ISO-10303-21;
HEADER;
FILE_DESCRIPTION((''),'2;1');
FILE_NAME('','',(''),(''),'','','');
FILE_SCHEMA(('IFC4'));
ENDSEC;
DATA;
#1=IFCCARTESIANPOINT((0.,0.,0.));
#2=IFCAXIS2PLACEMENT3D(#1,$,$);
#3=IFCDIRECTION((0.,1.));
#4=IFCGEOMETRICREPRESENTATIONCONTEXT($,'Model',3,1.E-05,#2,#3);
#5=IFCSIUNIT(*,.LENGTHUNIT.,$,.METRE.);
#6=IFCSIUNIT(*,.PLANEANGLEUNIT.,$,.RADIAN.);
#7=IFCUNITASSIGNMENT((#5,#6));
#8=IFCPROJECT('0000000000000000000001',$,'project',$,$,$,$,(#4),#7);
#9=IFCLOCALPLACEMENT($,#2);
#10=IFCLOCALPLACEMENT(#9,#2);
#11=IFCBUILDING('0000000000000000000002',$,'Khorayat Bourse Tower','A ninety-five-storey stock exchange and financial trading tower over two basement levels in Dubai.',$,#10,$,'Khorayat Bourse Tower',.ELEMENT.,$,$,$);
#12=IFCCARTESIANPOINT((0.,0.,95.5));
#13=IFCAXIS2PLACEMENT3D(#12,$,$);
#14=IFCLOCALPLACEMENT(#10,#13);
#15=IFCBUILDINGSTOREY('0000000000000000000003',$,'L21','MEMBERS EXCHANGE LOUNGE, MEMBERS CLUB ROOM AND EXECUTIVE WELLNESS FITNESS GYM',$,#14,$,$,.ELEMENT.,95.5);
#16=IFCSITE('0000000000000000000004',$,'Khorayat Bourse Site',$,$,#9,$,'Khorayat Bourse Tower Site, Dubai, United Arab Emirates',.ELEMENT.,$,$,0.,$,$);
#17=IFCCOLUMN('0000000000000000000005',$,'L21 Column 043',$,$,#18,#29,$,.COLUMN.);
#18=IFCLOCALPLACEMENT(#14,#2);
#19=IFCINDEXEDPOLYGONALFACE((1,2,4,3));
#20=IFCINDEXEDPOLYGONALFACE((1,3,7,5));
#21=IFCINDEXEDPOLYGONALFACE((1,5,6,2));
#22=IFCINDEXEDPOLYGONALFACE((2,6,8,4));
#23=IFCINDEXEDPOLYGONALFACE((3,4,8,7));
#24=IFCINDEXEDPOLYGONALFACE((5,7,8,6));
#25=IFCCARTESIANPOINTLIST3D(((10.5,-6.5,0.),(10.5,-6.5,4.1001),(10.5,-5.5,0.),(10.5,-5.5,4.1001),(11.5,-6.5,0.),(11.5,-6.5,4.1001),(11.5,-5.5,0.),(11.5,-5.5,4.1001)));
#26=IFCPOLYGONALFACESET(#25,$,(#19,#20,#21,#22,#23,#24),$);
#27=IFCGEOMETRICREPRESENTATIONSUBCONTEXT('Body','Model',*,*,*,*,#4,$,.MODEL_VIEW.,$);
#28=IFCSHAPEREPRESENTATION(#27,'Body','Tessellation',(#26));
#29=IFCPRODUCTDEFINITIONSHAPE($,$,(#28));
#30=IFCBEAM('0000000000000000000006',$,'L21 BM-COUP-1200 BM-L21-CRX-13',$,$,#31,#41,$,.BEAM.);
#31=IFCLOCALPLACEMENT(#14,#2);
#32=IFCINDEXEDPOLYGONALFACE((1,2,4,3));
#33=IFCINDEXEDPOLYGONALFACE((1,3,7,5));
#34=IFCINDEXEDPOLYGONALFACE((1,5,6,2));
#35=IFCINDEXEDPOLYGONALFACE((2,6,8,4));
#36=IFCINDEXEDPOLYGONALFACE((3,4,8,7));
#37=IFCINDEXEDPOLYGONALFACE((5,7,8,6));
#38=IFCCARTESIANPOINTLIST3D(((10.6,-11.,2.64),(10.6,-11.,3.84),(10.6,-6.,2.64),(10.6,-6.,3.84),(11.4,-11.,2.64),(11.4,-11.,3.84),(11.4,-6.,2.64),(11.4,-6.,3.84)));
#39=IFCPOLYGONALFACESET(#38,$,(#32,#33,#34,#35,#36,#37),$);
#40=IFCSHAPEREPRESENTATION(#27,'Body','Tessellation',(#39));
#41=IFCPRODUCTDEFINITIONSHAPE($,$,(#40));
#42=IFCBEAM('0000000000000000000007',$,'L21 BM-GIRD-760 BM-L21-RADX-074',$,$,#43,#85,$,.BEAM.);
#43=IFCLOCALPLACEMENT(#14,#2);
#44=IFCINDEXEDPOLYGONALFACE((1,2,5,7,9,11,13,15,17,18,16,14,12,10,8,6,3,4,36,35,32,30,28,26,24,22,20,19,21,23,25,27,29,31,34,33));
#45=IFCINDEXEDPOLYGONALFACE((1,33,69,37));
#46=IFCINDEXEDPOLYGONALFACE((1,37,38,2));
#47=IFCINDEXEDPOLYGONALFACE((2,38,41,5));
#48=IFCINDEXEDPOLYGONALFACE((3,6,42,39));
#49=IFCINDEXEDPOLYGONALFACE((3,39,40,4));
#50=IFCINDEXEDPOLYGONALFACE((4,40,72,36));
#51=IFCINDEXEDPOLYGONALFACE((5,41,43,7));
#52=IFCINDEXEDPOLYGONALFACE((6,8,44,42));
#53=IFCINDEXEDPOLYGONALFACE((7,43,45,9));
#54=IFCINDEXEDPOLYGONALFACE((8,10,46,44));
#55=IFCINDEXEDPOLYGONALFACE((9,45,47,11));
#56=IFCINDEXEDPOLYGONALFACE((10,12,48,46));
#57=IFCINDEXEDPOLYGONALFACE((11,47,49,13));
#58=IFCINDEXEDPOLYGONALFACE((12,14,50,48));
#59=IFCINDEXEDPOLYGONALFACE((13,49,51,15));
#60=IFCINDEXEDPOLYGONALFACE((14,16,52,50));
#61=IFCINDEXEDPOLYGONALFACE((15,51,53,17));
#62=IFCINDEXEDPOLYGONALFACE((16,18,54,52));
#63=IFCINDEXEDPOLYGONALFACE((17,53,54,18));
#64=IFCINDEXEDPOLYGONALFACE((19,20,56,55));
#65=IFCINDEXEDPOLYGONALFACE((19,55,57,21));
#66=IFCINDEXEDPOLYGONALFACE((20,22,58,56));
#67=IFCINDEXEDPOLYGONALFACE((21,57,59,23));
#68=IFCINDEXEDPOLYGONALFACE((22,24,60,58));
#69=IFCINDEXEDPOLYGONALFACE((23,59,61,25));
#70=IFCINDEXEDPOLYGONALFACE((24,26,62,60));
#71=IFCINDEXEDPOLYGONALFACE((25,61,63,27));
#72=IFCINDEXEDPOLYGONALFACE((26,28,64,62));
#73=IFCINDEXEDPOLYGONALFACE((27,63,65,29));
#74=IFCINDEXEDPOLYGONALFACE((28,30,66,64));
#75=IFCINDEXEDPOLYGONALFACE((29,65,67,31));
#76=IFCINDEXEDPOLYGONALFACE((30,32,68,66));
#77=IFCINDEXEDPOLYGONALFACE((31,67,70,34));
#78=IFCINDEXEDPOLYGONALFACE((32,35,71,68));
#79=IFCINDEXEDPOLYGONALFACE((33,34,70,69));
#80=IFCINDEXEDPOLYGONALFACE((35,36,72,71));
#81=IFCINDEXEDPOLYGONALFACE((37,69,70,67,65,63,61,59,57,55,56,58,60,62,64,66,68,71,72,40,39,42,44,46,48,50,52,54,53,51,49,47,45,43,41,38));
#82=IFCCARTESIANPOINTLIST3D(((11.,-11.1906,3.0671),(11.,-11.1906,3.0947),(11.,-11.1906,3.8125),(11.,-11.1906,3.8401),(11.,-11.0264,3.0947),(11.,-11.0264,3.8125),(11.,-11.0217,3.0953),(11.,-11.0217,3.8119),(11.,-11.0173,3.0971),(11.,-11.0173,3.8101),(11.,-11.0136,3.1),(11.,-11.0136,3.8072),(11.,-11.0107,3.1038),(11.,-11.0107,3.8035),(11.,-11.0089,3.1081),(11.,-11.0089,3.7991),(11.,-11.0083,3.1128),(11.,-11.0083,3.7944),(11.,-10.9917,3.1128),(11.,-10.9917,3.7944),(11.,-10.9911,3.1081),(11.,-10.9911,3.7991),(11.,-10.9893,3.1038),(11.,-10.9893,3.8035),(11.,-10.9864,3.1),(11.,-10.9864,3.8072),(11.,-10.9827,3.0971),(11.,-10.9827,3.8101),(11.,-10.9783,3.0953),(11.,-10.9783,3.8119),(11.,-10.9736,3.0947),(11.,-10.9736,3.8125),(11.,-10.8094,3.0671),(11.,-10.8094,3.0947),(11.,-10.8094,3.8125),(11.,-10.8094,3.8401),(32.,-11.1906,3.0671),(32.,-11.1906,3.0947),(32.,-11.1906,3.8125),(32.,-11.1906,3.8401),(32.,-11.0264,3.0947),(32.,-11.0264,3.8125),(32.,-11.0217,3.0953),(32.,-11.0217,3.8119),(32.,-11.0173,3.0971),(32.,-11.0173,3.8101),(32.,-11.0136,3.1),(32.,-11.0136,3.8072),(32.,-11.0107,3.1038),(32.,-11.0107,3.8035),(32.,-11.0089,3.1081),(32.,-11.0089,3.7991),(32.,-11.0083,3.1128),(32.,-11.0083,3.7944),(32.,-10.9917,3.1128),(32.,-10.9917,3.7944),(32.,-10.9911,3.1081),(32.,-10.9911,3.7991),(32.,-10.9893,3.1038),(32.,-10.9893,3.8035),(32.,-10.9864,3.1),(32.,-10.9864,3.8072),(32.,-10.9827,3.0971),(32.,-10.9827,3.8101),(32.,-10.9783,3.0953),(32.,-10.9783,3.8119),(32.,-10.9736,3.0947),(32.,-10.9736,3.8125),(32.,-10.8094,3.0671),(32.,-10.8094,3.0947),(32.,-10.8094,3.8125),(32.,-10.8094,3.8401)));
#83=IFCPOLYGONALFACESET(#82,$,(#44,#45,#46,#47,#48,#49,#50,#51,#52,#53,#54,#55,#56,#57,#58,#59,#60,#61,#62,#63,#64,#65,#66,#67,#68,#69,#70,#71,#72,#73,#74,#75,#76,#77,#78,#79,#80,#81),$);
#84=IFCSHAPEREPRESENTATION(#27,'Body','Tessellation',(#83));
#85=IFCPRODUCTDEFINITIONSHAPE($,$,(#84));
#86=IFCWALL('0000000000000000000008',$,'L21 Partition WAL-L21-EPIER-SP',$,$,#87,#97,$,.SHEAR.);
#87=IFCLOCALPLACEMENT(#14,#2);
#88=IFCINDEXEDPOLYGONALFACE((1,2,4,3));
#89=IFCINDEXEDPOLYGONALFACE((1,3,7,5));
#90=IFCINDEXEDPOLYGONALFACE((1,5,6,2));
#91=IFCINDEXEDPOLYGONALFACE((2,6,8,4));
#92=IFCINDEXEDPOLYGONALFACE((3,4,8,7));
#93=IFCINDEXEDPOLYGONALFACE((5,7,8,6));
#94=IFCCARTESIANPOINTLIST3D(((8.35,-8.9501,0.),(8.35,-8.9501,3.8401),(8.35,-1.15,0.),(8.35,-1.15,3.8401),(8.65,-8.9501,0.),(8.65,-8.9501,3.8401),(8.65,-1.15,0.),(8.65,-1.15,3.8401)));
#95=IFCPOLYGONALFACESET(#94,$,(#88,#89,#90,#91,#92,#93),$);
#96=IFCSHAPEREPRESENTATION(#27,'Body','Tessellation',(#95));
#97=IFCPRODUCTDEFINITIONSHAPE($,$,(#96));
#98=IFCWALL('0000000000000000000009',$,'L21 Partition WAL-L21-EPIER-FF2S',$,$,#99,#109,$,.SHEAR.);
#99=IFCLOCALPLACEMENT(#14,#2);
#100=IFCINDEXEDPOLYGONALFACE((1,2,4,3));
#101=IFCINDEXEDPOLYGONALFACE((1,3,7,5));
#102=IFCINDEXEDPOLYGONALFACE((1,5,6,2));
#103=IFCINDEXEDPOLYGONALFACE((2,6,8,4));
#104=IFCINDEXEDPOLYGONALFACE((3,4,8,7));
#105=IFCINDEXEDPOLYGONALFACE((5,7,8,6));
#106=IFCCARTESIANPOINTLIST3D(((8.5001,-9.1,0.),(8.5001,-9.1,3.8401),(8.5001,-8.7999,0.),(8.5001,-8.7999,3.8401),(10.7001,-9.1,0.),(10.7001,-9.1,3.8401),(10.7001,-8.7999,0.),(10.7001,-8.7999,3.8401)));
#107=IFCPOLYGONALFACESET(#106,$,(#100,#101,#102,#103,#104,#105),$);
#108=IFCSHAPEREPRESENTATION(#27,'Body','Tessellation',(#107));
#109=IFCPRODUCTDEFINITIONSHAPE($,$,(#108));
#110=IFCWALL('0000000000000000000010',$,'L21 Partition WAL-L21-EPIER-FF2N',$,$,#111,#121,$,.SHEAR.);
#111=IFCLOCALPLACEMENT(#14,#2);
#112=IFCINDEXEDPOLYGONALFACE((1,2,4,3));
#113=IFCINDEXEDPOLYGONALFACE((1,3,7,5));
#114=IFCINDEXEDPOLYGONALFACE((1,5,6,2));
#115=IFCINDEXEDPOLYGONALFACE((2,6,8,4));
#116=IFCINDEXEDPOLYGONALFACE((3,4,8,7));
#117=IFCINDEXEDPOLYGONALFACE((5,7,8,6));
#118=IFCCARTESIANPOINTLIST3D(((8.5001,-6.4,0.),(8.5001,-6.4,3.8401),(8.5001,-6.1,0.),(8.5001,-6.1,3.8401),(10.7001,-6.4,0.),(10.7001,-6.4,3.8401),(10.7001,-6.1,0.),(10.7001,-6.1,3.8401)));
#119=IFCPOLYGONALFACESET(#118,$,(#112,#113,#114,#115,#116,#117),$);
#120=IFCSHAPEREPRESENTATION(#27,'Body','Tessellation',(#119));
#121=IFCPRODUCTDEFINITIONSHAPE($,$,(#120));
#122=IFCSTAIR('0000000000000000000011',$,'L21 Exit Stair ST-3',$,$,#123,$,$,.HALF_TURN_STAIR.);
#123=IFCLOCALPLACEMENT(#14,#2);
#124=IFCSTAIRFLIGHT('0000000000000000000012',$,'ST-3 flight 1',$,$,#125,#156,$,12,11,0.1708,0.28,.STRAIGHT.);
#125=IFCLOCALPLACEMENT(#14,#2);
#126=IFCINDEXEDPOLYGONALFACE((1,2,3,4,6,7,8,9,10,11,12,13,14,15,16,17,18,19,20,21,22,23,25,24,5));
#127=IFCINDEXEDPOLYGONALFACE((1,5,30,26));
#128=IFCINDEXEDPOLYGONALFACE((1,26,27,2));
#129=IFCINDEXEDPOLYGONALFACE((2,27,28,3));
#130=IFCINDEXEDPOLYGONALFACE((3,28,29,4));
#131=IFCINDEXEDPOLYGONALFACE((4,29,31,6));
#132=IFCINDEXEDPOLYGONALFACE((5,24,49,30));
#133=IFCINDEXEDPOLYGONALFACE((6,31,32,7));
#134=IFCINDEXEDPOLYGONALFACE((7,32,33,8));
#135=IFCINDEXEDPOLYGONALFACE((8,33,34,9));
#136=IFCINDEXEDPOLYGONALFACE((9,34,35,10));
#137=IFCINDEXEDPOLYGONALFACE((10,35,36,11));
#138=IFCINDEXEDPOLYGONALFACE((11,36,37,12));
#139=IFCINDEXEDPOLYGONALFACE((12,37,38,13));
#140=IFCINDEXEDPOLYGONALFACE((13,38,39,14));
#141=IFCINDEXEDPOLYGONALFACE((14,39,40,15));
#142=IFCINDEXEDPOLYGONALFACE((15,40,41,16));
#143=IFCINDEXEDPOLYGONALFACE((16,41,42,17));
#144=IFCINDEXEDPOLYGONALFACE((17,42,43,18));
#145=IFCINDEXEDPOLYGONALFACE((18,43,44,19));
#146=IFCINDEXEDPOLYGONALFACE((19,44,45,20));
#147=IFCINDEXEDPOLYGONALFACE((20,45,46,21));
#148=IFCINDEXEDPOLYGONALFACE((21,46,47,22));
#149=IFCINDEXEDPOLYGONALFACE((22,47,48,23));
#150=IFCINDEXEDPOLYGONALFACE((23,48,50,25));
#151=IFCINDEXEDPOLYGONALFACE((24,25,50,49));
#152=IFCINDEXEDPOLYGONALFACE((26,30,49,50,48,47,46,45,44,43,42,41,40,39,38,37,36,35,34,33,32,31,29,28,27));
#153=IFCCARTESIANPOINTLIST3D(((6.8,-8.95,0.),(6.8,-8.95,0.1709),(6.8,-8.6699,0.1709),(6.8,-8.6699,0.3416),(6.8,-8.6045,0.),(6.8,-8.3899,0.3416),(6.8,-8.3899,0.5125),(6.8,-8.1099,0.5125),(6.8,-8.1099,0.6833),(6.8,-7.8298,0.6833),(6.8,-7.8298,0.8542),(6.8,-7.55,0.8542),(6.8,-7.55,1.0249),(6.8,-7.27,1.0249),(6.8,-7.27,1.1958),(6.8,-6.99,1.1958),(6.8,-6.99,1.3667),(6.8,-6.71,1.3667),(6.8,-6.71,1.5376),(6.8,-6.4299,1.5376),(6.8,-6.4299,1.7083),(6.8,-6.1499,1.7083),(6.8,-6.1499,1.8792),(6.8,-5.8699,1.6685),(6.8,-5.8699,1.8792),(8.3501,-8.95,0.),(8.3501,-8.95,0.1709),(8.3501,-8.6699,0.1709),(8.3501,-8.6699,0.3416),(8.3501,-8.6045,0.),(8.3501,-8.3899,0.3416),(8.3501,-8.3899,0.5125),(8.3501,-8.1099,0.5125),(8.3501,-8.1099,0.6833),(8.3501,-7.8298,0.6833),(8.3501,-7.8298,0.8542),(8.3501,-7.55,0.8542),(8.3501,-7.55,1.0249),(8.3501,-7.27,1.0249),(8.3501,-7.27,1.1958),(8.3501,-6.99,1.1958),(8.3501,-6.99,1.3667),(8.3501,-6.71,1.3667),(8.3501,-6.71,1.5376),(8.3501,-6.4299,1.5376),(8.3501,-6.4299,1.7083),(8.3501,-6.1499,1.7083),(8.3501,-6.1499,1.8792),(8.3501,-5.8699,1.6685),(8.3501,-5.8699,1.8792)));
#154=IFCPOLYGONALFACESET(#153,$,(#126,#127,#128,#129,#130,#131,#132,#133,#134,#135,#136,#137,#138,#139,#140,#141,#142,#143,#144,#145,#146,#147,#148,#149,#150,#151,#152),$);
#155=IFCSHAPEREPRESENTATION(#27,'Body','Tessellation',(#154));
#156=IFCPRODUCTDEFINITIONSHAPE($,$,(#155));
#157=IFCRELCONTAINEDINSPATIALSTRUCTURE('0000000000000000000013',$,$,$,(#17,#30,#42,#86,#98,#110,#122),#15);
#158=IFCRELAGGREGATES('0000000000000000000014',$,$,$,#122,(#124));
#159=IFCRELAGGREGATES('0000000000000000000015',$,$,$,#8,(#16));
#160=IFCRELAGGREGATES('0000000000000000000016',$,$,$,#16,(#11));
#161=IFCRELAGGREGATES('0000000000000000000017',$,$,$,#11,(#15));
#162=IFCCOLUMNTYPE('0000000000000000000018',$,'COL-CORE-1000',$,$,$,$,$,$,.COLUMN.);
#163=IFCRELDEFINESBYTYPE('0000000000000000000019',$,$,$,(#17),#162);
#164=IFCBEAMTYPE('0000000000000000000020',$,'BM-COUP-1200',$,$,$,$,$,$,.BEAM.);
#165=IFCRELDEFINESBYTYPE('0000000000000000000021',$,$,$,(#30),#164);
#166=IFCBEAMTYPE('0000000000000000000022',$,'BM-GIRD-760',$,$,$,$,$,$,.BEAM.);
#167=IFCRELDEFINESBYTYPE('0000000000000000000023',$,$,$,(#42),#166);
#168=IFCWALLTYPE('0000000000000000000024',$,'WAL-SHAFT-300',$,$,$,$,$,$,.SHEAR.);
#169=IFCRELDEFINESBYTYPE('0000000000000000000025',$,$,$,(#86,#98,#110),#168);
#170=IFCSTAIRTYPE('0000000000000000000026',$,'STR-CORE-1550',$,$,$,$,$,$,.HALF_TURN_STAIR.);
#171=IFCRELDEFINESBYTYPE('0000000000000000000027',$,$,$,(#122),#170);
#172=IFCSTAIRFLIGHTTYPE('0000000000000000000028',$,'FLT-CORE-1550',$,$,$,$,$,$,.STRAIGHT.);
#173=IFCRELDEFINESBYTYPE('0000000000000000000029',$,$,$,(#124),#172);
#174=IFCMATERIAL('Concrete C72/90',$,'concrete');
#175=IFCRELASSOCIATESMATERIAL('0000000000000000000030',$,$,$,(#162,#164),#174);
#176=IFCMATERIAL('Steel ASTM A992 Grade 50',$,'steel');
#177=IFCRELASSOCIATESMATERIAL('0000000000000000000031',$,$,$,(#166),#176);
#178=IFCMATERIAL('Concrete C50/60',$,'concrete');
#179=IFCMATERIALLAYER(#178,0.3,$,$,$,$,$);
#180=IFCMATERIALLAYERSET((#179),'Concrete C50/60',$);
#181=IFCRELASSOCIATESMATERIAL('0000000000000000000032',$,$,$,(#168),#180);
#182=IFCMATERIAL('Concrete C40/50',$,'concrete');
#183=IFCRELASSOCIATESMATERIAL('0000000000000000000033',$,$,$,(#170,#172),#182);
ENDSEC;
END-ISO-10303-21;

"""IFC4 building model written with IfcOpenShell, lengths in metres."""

from ifc_helpers import new_model, si_unit, direction, frame, frame_2d, origin, origin_2d, place, context, subcontext, project, spatial, polyline, rectangle, i_section, outline, extrude, source, transform, mapped, material, layer, layer_set, material_profile, profile_set, type_object, element, aggregate, save


model = new_model("IFC4")

# Units and contexts
model_context = context("Model", 3, precision=1e-05, world=origin(), true_north=direction((0.0, 1.0)))
body_context = subcontext(model_context, "Body", "Model", "MODEL_VIEW")
ifc_project = project(units=[si_unit("LENGTHUNIT", "METRE"), si_unit("PLANEANGLEUNIT", "RADIAN")], contexts=[model_context])

# Site, building, storey
site_placement = place(None, origin())
site = spatial("IfcSite", under=ifc_project, at=site_placement, Name="Khorayat Bourse Site", LongName="Khorayat Bourse Tower Site, Dubai, United Arab Emirates", CompositionType="ELEMENT", RefElevation=0.0)
building_placement = place(site_placement, origin())
building = spatial("IfcBuilding", under=site, at=building_placement, Name="Khorayat Bourse Tower", Description="A ninety-five-storey stock exchange and financial trading tower over two basement levels in Dubai.", LongName="Khorayat Bourse Tower", CompositionType="ELEMENT")
storey_placement = place(building_placement, frame((0.0, 0.0, 95.5)))
storey = spatial("IfcBuildingStorey", under=building, at=storey_placement, Name="L21", Description="MEMBERS EXCHANGE LOUNGE, MEMBERS CLUB ROOM AND EXECUTIVE WELLNESS FITNESS GYM", CompositionType="ELEMENT", Elevation=95.5)

# Column
ifc_material_1 = material(Name="Concrete C72/90", Category="concrete")
ifc_material_profile_1 = material_profile(ifc_material_1, rectangle(XDim=1.0, YDim=1.0, at=origin_2d()), Name="RC 1000x1000")
ifc_profile_set_1 = profile_set([ifc_material_profile_1], Name="Concrete C72/90")
column_type = type_object("IfcColumnType", Name="COL-CORE-1000", PredefinedType="COLUMN", material=ifc_profile_set_1)
shared_shape_1 = source(origin(), body_context, "Body", "SweptSolid", [
    extrude(rectangle(XDim=1.0, YDim=1.0, at=origin_2d()), origin(), (0.0, 0.0, 1.0), 4.1001),
])
column_placement = place(storey_placement, frame((11.0, -6.0, 0.0), z_axis=(0.0, 0.0, 1.0), x_axis=(1.0, 0.0, 0.0)))
element("IfcColumn", 1, at=column_placement, inside=storey, type_object=column_type, Name="L21 Column 043", PredefinedType="COLUMN", context=body_context, shape_type="MappedRepresentation", body=[
    mapped(shared_shape_1, transform((0.0, 0.0, 0.0), scale=1.0)),
])

# Beams
ifc_material_profile_2 = material_profile(ifc_material_1, rectangle(XDim=0.8, YDim=1.2, at=origin_2d()), Name="RC 800x1200")
ifc_profile_set_2 = profile_set([ifc_material_profile_2], Name="Concrete C72/90")
beam_type_1 = type_object("IfcBeamType", Name="BM-COUP-1200", PredefinedType="BEAM", material=ifc_profile_set_2)
shared_shape_2 = source(origin(), body_context, "Body", "SweptSolid", [
    extrude(rectangle(XDim=0.8, YDim=1.2, at=origin_2d()), origin(), (0.0, 0.0, 1.0), 5.0),
])
beam_1_placement = place(storey_placement, frame((11.0, -11.0, 3.24), z_axis=(0.0, 1.0, 0.0), x_axis=(-1.0, 0.0, 0.0)))
element("IfcBeam", 2, at=beam_1_placement, inside=storey, type_object=beam_type_1, Name="L21 BM-COUP-1200 BM-L21-CRX-13", PredefinedType="BEAM", context=body_context, shape_type="MappedRepresentation", body=[
    mapped(shared_shape_2, transform((0.0, 0.0, 0.0), scale=1.0)),
])
ifc_material_2 = material(Name="Steel ASTM A992 Grade 50", Category="steel")
ifc_material_profile_3 = material_profile(ifc_material_2, i_section(OverallWidth=0.3811, OverallDepth=0.7729, WebThickness=0.0166, FlangeThickness=0.0276, FilletRadius=0.0181, at=origin_2d()), Name="W760X257")
ifc_profile_set_3 = profile_set([ifc_material_profile_3], Name="Steel ASTM A992 Grade 50")
beam_type_2 = type_object("IfcBeamType", Name="BM-GIRD-760", PredefinedType="BEAM", material=ifc_profile_set_3)
shared_shape_3 = source(origin(), body_context, "Body", "SweptSolid", [
    extrude(i_section(OverallWidth=0.3811, OverallDepth=0.7729, WebThickness=0.0166, FlangeThickness=0.0276, FilletRadius=0.0181, at=origin_2d()), origin(), (0.0, 0.0, 1.0), 21.0),
])
beam_2_placement = place(storey_placement, frame((11.0, -11.0, 3.4536), z_axis=(1.0, 0.0, 0.0), x_axis=(0.0, 1.0, 0.0)))
element("IfcBeam", 3, at=beam_2_placement, inside=storey, type_object=beam_type_2, Name="L21 BM-GIRD-760 BM-L21-RADX-074", PredefinedType="BEAM", context=body_context, shape_type="MappedRepresentation", body=[
    mapped(shared_shape_3, transform((0.0, 0.0, 0.0), scale=1.0)),
])

# Walls
ifc_material_3 = material(Name="Concrete C50/60", Category="concrete")
ifc_layer = layer(ifc_material_3, 0.3)
ifc_layer_set = layer_set([ifc_layer], Name="Concrete C50/60")
wall_type = type_object("IfcWallType", Name="WAL-SHAFT-300", PredefinedType="SHEAR", material=ifc_layer_set)
shared_shape_4 = source(origin(), body_context, "Body", "SweptSolid", [
    extrude(rectangle(XDim=7.8, YDim=0.3, at=frame_2d((3.8999, 0.0))), origin(), (0.0, 0.0, 1.0), 3.8401),
])
wall_placement = place(storey_placement, frame((8.5, -8.95, 0.0), z_axis=(0.0, 0.0, 1.0), x_axis=(0.0, 1.0, 0.0)))
element("IfcWall", 4, at=wall_placement, inside=storey, type_object=wall_type, Name="L21 Partition WAL-L21-EPIER-SP", PredefinedType="SHEAR", context=body_context, shape_type="MappedRepresentation", body=[
    mapped(shared_shape_4, transform((0.0, 0.0, 0.0), scale=1.0)),
])
shared_shape_5 = source(origin(), body_context, "Body", "SweptSolid", [
    extrude(rectangle(XDim=2.2, YDim=0.3, at=frame_2d((1.1001, 0.0))), origin(), (0.0, 0.0, 1.0), 3.8401),
])
for number, where, z_axis, x_axis, name in (
    (5, (8.5, -8.95, 0.0), (0.0, 0.0, 1.0), (1.0, 0.0, 0.0), "L21 Partition WAL-L21-EPIER-FF2S"),
    (6, (8.5, -6.25, 0.0), (0.0, 0.0, 1.0), (1.0, 0.0, 0.0), "L21 Partition WAL-L21-EPIER-FF2N"),
):
    element("IfcWall", number, at=place(storey_placement, frame(where, z_axis=z_axis, x_axis=x_axis)), inside=storey, type_object=wall_type, Name=name, PredefinedType="SHEAR", context=body_context, shape_type="MappedRepresentation", body=[
        mapped(shared_shape_5, transform((0.0, 0.0, 0.0), scale=1.0)),
    ])

# Stair, stair flight
ifc_material_4 = material(Name="Concrete C40/50", Category="concrete")
stair_type = type_object("IfcStairType", Name="STR-CORE-1550", PredefinedType="HALF_TURN_STAIR", material=ifc_material_4)
stair_placement = place(storey_placement, origin())
stair = element("IfcStair", 7, at=stair_placement, inside=storey, type_object=stair_type, Name="L21 Exit Stair ST-3", PredefinedType="HALF_TURN_STAIR")
stair_flight_type = type_object("IfcStairFlightType", Name="FLT-CORE-1550", PredefinedType="STRAIGHT", material=ifc_material_4)
shared_shape_6 = source(origin(), body_context, "Body", "SweptSolid", [
    extrude(outline(polyline([(0.0, 0.0), (0.0, 0.1709), (0.28, 0.1709), (0.28, 0.3416), (0.5601, 0.3416), (0.5601, 0.5125), (0.8401, 0.5125), (0.8401, 0.6833), (1.1201, 0.6833), (1.1201, 0.8542), (1.3999, 0.8542), (1.3999, 1.0249), (1.6799, 1.0249), (1.6799, 1.1958), (1.96, 1.1958), (1.96, 1.3667), (2.24, 1.3667), (2.24, 1.5376), (2.52, 1.5376), (2.52, 1.7083), (2.8, 1.7083), (2.8, 1.8792), (3.0801, 1.8792), (3.0801, 2.05), (3.0801, 1.6685), (0.3455, 0.0), (0.0, 0.0)])), frame((0.0, 0.7749, 0.0), z_axis=(0.0, -1.0, 0.0), x_axis=(1.0, 0.0, 0.0)), (0.0, 0.0, 1.0), 1.55),
])
stair_flight_placement = place(storey_placement, frame((7.575, -8.95, 0.0), z_axis=(0.0, 0.0, 1.0), x_axis=(0.0, 1.0, 0.0)))
stair_flight = element("IfcStairFlight", 8, at=stair_flight_placement, type_object=stair_flight_type, Name="ST-3 flight 1", NumberOfRisers=12, NumberOfTreads=11, PredefinedType="STRAIGHT", RiserHeight=0.1708, TreadLength=0.28, context=body_context, shape_type="MappedRepresentation", body=[
    mapped(shared_shape_6, transform((0.0, 0.0, 0.0), scale=1.0)),
])
aggregate(stair, [stair_flight])

save(model, "model.ifc")
